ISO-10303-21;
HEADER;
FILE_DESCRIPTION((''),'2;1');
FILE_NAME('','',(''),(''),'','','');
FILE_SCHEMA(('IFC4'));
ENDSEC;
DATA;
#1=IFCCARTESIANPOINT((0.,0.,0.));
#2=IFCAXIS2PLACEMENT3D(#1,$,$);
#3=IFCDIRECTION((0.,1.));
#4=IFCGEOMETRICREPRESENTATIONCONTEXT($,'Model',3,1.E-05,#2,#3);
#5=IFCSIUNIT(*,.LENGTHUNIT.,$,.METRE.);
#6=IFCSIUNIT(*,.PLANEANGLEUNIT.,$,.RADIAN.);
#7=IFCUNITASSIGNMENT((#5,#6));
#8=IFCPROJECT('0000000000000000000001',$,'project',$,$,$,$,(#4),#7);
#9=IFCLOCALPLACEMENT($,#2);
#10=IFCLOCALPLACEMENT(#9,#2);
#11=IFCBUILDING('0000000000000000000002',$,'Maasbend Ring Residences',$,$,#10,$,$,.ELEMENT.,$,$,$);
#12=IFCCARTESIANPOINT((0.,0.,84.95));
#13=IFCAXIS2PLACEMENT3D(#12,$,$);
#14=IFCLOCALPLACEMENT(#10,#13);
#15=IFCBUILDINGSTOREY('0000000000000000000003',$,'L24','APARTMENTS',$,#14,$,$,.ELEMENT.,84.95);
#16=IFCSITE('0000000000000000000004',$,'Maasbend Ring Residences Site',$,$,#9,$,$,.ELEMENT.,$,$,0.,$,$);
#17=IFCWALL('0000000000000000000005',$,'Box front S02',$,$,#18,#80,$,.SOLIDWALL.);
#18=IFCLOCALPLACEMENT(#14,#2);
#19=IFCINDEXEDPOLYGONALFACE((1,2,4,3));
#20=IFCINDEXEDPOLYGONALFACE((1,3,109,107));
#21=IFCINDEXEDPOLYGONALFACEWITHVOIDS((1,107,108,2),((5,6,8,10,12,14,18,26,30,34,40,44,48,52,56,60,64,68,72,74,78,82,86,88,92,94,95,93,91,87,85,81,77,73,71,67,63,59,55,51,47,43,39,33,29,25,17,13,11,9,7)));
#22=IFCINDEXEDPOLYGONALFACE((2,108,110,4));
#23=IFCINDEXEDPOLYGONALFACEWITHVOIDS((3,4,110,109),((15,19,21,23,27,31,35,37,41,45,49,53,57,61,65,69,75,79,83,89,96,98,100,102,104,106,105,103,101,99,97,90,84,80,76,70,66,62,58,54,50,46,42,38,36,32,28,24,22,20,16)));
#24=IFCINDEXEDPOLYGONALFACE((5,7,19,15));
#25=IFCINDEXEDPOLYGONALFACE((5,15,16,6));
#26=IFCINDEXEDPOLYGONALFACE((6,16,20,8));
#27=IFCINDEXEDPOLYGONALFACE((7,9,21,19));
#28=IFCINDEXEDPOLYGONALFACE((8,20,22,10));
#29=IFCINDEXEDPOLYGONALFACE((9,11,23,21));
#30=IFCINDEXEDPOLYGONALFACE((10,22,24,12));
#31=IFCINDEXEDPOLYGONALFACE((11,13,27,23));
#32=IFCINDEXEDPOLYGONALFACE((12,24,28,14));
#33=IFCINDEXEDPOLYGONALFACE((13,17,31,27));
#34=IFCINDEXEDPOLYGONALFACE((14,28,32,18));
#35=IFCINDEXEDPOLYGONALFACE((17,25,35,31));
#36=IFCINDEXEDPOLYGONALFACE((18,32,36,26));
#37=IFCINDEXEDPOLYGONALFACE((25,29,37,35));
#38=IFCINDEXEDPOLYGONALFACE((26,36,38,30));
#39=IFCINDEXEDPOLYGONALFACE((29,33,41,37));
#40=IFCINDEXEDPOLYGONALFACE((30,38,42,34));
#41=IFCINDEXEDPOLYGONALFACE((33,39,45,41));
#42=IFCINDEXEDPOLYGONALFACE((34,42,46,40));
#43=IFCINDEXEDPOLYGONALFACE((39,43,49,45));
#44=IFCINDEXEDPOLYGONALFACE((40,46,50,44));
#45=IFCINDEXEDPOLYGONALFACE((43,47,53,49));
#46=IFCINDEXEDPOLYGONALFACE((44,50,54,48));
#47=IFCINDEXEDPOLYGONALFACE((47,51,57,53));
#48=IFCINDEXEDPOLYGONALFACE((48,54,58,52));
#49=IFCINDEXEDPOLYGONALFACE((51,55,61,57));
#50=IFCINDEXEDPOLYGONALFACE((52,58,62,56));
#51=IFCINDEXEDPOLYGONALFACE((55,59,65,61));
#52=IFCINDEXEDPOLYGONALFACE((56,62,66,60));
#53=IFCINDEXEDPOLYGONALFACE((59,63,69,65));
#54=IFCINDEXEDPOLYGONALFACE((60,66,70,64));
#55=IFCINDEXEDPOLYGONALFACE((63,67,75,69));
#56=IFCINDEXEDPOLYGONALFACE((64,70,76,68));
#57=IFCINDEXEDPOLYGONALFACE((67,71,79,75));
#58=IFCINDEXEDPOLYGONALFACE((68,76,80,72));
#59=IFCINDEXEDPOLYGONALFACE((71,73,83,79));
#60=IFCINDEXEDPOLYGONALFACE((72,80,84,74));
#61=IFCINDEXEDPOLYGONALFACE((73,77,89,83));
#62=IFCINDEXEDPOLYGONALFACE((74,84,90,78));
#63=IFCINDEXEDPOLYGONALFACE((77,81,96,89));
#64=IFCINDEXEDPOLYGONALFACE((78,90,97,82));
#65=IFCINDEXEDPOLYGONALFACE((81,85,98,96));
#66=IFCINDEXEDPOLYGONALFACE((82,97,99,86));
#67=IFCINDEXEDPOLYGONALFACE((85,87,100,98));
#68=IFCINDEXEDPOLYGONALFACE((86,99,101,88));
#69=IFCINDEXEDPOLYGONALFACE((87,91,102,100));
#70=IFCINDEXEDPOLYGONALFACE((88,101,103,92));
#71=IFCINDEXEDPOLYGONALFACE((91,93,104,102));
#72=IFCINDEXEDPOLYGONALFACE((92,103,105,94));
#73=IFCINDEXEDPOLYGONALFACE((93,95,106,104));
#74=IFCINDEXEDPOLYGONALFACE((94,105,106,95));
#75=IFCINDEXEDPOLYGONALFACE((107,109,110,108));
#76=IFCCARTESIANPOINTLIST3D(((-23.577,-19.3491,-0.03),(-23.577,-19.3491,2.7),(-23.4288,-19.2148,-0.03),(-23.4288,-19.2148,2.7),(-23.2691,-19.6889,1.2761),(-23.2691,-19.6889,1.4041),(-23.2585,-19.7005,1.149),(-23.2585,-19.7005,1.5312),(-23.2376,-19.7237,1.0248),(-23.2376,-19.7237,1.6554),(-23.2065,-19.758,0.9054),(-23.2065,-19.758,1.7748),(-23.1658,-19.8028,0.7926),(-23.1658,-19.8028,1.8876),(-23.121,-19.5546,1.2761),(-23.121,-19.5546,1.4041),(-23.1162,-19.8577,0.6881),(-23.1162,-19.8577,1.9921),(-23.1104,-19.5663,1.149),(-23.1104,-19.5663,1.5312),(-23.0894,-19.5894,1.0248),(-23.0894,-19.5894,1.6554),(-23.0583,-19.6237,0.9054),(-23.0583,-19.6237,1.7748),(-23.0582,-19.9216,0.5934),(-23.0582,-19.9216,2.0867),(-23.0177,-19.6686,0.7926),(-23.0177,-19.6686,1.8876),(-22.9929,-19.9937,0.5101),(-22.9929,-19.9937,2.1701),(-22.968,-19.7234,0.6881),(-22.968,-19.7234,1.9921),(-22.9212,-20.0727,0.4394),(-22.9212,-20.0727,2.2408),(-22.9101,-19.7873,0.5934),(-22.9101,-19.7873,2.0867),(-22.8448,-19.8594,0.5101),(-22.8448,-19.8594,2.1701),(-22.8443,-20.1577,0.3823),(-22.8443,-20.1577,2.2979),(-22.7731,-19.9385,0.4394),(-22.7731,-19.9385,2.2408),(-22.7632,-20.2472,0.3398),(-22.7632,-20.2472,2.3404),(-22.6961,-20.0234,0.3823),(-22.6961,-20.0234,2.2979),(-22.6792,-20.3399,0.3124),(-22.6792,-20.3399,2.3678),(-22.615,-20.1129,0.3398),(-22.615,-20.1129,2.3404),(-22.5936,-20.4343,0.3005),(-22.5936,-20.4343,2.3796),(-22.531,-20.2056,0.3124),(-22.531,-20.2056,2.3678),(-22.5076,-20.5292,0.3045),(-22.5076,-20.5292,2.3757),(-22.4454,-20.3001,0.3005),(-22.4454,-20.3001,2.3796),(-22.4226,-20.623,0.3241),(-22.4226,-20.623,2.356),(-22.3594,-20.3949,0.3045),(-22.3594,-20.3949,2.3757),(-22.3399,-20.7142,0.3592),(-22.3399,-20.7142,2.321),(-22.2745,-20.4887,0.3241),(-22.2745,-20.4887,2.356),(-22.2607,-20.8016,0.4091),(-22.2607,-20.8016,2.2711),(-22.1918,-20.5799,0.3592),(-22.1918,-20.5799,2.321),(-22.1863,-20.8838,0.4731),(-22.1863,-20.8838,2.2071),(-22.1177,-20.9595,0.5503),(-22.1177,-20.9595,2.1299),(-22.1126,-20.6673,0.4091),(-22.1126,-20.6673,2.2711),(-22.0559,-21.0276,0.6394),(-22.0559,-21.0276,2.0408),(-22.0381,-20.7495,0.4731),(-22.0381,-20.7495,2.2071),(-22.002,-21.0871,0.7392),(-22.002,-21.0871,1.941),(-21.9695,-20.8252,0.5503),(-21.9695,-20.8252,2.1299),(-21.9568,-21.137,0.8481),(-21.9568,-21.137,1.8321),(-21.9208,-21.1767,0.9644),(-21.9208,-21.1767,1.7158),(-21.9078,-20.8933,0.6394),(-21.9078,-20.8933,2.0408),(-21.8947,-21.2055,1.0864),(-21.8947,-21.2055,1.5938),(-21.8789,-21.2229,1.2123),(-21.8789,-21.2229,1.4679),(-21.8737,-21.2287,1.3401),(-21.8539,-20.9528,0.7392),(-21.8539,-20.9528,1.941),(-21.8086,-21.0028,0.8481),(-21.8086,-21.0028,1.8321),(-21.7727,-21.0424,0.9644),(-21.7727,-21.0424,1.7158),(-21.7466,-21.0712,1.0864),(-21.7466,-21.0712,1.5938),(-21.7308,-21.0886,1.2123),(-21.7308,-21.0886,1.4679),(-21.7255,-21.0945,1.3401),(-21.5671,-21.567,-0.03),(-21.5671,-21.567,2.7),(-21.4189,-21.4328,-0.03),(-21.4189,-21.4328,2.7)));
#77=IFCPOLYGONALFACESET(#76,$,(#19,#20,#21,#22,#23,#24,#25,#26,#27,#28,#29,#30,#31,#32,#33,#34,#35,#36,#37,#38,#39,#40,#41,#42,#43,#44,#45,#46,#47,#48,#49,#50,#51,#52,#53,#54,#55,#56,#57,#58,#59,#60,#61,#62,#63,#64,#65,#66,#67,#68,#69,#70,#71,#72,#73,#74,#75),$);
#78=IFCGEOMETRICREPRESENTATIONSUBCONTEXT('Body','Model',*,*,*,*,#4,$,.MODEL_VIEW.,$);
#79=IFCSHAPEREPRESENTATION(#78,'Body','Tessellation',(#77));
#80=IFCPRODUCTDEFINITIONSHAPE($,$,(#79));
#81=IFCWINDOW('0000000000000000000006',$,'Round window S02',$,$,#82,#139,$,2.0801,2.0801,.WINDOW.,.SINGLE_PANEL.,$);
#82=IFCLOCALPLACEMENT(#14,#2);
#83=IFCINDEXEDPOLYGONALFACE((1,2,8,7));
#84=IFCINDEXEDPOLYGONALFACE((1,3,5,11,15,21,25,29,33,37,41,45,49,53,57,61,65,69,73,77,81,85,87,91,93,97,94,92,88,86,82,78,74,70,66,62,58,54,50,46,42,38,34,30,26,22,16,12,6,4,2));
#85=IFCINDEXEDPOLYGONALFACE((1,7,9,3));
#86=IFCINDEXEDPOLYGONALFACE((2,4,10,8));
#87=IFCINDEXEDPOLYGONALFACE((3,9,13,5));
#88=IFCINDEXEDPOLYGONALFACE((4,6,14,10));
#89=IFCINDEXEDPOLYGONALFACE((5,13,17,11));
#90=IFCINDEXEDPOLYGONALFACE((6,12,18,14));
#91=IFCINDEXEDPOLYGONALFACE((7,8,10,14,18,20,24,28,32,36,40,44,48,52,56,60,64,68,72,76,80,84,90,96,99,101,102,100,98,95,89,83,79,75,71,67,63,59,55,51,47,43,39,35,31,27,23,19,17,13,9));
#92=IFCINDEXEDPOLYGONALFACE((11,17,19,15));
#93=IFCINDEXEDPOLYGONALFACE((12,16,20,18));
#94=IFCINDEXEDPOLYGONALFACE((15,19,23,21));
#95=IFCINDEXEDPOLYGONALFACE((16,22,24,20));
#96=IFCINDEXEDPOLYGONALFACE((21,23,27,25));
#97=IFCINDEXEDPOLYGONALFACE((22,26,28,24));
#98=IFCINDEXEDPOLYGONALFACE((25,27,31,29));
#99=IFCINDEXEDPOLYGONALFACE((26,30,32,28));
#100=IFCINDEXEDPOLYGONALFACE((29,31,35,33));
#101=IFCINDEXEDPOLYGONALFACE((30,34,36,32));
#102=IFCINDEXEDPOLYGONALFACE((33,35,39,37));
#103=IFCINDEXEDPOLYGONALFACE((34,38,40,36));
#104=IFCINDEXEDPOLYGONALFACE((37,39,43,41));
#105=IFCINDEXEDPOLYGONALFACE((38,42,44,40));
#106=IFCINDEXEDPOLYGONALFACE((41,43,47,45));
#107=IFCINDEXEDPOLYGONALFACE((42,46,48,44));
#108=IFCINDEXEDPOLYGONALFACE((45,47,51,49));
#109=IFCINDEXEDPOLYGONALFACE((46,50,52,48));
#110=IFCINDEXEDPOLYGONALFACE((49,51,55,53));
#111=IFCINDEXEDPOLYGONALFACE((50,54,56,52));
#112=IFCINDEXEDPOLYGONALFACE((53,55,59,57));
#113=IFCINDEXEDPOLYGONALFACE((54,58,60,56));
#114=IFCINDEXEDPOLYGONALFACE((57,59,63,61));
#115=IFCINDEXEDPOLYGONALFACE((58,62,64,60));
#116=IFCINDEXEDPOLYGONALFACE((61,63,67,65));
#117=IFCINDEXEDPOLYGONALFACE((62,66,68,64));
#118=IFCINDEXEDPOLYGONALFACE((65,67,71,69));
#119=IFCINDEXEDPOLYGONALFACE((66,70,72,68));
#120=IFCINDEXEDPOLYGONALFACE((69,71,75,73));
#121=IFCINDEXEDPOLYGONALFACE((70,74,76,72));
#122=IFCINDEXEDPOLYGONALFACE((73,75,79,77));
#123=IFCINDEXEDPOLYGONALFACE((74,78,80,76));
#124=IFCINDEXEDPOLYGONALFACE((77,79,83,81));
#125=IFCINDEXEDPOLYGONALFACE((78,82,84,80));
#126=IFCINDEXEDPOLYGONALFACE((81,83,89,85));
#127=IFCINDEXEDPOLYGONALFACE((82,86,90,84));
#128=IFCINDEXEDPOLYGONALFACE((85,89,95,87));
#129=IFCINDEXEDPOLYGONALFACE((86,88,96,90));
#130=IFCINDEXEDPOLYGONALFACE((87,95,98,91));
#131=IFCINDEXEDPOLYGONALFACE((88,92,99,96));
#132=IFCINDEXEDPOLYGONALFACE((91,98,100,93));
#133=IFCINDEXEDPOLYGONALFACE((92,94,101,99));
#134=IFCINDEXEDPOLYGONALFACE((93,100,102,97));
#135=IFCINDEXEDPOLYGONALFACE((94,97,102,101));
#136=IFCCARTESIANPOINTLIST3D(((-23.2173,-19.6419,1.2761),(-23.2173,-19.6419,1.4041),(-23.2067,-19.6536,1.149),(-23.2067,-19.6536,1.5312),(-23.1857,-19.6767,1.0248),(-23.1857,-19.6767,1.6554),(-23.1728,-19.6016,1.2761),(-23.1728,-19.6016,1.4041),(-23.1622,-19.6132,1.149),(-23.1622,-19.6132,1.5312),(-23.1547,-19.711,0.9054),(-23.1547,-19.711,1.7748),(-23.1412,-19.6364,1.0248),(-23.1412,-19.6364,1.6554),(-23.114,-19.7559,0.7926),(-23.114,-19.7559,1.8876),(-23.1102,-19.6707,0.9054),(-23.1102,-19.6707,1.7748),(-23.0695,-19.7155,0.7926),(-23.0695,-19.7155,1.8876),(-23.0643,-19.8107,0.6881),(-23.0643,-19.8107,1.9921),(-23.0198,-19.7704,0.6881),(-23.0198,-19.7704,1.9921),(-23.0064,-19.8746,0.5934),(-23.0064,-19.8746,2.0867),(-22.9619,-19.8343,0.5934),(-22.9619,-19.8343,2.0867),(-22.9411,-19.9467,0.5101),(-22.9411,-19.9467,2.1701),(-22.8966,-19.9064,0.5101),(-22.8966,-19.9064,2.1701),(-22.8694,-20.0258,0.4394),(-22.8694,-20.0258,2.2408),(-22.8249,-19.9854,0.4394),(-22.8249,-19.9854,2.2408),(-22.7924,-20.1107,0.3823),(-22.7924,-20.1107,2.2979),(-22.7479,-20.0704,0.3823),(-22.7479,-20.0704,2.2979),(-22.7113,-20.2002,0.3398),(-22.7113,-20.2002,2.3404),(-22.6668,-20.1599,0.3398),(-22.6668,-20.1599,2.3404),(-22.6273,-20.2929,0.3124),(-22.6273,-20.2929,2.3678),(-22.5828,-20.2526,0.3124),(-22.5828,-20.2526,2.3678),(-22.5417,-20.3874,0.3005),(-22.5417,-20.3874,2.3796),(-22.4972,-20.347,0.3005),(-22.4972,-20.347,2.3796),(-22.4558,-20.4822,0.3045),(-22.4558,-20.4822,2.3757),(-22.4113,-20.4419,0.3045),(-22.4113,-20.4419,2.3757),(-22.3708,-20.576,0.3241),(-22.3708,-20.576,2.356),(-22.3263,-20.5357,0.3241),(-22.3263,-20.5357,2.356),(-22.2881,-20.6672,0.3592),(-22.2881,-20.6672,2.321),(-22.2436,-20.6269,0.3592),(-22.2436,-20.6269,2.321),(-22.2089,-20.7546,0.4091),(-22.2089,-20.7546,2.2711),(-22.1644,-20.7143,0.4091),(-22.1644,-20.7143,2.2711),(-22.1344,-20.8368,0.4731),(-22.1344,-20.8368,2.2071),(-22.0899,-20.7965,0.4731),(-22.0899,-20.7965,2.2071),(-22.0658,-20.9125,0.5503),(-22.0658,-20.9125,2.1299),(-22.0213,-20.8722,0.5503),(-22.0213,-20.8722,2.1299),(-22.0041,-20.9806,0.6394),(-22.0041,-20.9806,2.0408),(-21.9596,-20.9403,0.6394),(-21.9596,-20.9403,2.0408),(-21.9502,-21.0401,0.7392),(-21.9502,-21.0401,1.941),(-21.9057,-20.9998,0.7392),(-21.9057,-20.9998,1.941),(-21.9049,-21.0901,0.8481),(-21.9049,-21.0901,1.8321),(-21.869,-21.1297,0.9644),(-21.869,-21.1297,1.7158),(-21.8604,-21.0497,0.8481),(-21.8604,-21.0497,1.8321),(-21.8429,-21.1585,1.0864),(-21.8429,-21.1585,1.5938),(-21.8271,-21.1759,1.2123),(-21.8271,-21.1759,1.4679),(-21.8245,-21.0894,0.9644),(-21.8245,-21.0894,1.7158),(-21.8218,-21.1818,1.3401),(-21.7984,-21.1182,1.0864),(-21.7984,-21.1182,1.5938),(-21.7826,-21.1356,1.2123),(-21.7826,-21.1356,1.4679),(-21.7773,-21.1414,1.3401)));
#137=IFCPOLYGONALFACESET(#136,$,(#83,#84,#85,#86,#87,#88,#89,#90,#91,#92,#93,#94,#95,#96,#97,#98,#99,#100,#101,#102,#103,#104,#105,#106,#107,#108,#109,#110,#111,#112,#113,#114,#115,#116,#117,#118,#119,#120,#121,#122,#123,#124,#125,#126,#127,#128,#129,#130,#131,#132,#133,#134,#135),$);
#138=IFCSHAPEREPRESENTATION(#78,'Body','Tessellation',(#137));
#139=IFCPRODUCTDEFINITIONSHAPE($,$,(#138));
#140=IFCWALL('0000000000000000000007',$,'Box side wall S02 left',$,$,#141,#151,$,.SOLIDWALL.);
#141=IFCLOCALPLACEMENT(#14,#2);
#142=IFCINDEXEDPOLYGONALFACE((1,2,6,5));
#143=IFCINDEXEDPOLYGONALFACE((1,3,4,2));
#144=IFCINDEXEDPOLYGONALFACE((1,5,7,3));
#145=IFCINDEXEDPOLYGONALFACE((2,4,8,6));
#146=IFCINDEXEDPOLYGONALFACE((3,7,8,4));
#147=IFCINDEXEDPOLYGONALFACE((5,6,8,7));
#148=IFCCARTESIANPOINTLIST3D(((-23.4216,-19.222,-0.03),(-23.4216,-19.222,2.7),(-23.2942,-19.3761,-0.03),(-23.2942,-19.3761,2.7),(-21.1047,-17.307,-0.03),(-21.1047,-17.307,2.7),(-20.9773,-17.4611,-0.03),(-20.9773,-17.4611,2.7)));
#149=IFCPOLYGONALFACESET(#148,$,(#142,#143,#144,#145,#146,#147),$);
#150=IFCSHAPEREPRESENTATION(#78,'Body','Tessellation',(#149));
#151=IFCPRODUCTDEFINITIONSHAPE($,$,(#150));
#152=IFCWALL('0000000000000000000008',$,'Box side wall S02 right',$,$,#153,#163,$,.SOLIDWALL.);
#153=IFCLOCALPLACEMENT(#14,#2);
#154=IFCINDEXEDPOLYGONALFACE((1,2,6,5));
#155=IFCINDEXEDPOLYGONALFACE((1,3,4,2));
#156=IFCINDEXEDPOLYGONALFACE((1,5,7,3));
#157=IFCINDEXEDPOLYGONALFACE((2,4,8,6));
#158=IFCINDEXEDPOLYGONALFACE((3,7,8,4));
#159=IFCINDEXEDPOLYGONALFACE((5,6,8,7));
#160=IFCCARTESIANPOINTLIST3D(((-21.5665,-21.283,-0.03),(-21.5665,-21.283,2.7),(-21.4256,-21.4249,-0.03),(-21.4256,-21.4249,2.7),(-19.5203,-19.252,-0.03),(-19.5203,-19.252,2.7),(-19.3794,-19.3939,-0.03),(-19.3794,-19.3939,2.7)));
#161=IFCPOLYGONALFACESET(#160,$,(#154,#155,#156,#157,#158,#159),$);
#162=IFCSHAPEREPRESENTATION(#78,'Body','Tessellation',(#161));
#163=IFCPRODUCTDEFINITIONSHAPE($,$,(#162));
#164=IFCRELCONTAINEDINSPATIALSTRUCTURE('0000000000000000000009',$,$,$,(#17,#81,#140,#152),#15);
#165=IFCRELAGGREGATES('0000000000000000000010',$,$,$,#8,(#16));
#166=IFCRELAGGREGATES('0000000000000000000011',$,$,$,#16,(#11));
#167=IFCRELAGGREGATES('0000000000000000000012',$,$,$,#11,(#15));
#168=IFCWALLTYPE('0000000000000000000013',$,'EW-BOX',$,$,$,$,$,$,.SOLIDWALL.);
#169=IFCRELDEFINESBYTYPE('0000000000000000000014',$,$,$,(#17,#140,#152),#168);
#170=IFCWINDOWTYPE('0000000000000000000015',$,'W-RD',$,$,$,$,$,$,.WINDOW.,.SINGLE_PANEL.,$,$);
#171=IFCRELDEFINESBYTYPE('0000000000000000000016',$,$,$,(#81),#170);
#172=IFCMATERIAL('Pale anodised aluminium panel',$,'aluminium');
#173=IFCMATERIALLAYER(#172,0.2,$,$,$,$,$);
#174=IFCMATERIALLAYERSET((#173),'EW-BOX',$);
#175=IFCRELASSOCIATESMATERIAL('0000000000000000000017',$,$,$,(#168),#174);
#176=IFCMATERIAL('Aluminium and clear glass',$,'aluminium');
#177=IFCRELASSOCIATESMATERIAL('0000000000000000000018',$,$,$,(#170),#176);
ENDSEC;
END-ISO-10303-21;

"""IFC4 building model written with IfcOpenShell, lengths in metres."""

from ifc_helpers import new_model, si_unit, direction, frame, frame_2d, origin, place, context, subcontext, project, spatial, rectangle, circle, extrude, material, layer, layer_set, type_object, element, fill, save


model = new_model("IFC4")

# Units and contexts
model_context = context("Model", 3, precision=1e-05, world=origin(), true_north=direction((0.0, 1.0)))
body_context = subcontext(model_context, "Body", "Model", "MODEL_VIEW")
ifc_project = project(units=[si_unit("LENGTHUNIT", "METRE"), si_unit("PLANEANGLEUNIT", "RADIAN")], contexts=[model_context])

# Site, building, storey
site_placement = place(None, origin())
site = spatial("IfcSite", under=ifc_project, at=site_placement, Name="Maasbend Ring Residences Site", CompositionType="ELEMENT", RefElevation=0.0)
building_placement = place(site_placement, origin())
building = spatial("IfcBuilding", under=site, at=building_placement, Name="Maasbend Ring Residences", CompositionType="ELEMENT")
storey_placement = place(building_placement, frame((0.0, 0.0, 84.95)))
storey = spatial("IfcBuildingStorey", under=building, at=storey_placement, Name="L24", Description="APARTMENTS", CompositionType="ELEMENT", Elevation=84.95)

# Wall, opening, window
ifc_material_1 = material(Name="Pale anodised aluminium panel", Category="aluminium")
ifc_layer_1 = layer(ifc_material_1, 0.2)
ifc_layer_set_1 = layer_set([ifc_layer_1], Name="EW-BOX")
wall_type_1 = type_object("IfcWallType", Name="EW-BOX", PredefinedType="SOLIDWALL", material=ifc_layer_set_1)
wall_1_placement = place(storey_placement, frame((-23.5029, -19.282, -0.03), z_axis=(0.0, 0.0, 1.0), x_axis=(0.671507, -0.740998, 0.0)))
wall_1 = element("IfcWall", 1, at=wall_1_placement, inside=storey, type_object=wall_type_1, Name="Box front S02", PredefinedType="SOLIDWALL", context=body_context, shape_type="SweptSolid", body=[
    extrude(rectangle(XDim=2.9932, YDim=0.2, at=frame_2d((1.4966, 0.0))), origin(), (0.0, 0.0, 1.0), 2.73),
])
opening_1_placement = place(wall_1_placement, frame((0.4565, 0.0, 0.3301)))
opening_1 = element("IfcOpeningElement", 2, at=opening_1_placement, cuts=wall_1, PredefinedType="OPENING", context=body_context, shape_type="SweptSolid", body=[
    extrude(circle(Radius=1.04, at=frame_2d((1.04, 1.04))), frame((0.0, 0.1099, 0.0), z_axis=(0.0, -1.0, 0.0), x_axis=(1.0, 0.0, 0.0)), (0.0, 0.0, 1.0), 0.22),
])
ifc_material_2 = material(Name="Aluminium and clear glass", Category="aluminium")
window_type_1 = type_object("IfcWindowType", Name="W-RD", PartitioningType="SINGLE_PANEL", PredefinedType="WINDOW", material=ifc_material_2)
window_1_placement = place(opening_1_placement, origin())
window_1 = element("IfcWindow", 3, at=window_1_placement, inside=storey, type_object=window_type_1, Name="Round window S02", OverallHeight=2.0801, OverallWidth=2.0801, PartitioningType="SINGLE_PANEL", PredefinedType="WINDOW", context=body_context, shape_type="SweptSolid", body=[
    extrude(circle(Radius=1.04, at=frame_2d((1.04, 1.04))), frame((0.0, 0.03, 0.0), z_axis=(0.0, -1.0, 0.0), x_axis=(1.0, 0.0, 0.0)), (0.0, 0.0, 1.0), 0.0601),
])
fill(opening_1, window_1)

# Walls
wall_2_placement = place(storey_placement, frame((-21.041, -17.384, -0.03), z_axis=(0.0, 0.0, 1.0), x_axis=(-0.770785, -0.637096, 0.0)))
element("IfcWall", 4, at=wall_2_placement, inside=storey, type_object=wall_type_1, Name="Box side wall S02 left", PredefinedType="SOLIDWALL", context=body_context, shape_type="SweptSolid", body=[
    extrude(rectangle(XDim=3.0059, YDim=0.2, at=frame_2d((1.5029, 0.0))), origin(), (0.0, 0.0, 1.0), 2.73),
])
wall_3_placement = place(storey_placement, frame((-19.45, -19.323, -0.03), z_axis=(0.0, 0.0, 1.0), x_axis=(-0.709727, -0.704477, 0.0)))
element("IfcWall", 5, at=wall_3_placement, inside=storey, type_object=wall_type_1, Name="Box side wall S02 right", PredefinedType="SOLIDWALL", context=body_context, shape_type="SweptSolid", body=[
    extrude(rectangle(XDim=2.8831, YDim=0.2, at=frame_2d((1.4414, 0.0))), origin(), (0.0, 0.0, 1.0), 2.73),
])

save(model, "model.ifc")
